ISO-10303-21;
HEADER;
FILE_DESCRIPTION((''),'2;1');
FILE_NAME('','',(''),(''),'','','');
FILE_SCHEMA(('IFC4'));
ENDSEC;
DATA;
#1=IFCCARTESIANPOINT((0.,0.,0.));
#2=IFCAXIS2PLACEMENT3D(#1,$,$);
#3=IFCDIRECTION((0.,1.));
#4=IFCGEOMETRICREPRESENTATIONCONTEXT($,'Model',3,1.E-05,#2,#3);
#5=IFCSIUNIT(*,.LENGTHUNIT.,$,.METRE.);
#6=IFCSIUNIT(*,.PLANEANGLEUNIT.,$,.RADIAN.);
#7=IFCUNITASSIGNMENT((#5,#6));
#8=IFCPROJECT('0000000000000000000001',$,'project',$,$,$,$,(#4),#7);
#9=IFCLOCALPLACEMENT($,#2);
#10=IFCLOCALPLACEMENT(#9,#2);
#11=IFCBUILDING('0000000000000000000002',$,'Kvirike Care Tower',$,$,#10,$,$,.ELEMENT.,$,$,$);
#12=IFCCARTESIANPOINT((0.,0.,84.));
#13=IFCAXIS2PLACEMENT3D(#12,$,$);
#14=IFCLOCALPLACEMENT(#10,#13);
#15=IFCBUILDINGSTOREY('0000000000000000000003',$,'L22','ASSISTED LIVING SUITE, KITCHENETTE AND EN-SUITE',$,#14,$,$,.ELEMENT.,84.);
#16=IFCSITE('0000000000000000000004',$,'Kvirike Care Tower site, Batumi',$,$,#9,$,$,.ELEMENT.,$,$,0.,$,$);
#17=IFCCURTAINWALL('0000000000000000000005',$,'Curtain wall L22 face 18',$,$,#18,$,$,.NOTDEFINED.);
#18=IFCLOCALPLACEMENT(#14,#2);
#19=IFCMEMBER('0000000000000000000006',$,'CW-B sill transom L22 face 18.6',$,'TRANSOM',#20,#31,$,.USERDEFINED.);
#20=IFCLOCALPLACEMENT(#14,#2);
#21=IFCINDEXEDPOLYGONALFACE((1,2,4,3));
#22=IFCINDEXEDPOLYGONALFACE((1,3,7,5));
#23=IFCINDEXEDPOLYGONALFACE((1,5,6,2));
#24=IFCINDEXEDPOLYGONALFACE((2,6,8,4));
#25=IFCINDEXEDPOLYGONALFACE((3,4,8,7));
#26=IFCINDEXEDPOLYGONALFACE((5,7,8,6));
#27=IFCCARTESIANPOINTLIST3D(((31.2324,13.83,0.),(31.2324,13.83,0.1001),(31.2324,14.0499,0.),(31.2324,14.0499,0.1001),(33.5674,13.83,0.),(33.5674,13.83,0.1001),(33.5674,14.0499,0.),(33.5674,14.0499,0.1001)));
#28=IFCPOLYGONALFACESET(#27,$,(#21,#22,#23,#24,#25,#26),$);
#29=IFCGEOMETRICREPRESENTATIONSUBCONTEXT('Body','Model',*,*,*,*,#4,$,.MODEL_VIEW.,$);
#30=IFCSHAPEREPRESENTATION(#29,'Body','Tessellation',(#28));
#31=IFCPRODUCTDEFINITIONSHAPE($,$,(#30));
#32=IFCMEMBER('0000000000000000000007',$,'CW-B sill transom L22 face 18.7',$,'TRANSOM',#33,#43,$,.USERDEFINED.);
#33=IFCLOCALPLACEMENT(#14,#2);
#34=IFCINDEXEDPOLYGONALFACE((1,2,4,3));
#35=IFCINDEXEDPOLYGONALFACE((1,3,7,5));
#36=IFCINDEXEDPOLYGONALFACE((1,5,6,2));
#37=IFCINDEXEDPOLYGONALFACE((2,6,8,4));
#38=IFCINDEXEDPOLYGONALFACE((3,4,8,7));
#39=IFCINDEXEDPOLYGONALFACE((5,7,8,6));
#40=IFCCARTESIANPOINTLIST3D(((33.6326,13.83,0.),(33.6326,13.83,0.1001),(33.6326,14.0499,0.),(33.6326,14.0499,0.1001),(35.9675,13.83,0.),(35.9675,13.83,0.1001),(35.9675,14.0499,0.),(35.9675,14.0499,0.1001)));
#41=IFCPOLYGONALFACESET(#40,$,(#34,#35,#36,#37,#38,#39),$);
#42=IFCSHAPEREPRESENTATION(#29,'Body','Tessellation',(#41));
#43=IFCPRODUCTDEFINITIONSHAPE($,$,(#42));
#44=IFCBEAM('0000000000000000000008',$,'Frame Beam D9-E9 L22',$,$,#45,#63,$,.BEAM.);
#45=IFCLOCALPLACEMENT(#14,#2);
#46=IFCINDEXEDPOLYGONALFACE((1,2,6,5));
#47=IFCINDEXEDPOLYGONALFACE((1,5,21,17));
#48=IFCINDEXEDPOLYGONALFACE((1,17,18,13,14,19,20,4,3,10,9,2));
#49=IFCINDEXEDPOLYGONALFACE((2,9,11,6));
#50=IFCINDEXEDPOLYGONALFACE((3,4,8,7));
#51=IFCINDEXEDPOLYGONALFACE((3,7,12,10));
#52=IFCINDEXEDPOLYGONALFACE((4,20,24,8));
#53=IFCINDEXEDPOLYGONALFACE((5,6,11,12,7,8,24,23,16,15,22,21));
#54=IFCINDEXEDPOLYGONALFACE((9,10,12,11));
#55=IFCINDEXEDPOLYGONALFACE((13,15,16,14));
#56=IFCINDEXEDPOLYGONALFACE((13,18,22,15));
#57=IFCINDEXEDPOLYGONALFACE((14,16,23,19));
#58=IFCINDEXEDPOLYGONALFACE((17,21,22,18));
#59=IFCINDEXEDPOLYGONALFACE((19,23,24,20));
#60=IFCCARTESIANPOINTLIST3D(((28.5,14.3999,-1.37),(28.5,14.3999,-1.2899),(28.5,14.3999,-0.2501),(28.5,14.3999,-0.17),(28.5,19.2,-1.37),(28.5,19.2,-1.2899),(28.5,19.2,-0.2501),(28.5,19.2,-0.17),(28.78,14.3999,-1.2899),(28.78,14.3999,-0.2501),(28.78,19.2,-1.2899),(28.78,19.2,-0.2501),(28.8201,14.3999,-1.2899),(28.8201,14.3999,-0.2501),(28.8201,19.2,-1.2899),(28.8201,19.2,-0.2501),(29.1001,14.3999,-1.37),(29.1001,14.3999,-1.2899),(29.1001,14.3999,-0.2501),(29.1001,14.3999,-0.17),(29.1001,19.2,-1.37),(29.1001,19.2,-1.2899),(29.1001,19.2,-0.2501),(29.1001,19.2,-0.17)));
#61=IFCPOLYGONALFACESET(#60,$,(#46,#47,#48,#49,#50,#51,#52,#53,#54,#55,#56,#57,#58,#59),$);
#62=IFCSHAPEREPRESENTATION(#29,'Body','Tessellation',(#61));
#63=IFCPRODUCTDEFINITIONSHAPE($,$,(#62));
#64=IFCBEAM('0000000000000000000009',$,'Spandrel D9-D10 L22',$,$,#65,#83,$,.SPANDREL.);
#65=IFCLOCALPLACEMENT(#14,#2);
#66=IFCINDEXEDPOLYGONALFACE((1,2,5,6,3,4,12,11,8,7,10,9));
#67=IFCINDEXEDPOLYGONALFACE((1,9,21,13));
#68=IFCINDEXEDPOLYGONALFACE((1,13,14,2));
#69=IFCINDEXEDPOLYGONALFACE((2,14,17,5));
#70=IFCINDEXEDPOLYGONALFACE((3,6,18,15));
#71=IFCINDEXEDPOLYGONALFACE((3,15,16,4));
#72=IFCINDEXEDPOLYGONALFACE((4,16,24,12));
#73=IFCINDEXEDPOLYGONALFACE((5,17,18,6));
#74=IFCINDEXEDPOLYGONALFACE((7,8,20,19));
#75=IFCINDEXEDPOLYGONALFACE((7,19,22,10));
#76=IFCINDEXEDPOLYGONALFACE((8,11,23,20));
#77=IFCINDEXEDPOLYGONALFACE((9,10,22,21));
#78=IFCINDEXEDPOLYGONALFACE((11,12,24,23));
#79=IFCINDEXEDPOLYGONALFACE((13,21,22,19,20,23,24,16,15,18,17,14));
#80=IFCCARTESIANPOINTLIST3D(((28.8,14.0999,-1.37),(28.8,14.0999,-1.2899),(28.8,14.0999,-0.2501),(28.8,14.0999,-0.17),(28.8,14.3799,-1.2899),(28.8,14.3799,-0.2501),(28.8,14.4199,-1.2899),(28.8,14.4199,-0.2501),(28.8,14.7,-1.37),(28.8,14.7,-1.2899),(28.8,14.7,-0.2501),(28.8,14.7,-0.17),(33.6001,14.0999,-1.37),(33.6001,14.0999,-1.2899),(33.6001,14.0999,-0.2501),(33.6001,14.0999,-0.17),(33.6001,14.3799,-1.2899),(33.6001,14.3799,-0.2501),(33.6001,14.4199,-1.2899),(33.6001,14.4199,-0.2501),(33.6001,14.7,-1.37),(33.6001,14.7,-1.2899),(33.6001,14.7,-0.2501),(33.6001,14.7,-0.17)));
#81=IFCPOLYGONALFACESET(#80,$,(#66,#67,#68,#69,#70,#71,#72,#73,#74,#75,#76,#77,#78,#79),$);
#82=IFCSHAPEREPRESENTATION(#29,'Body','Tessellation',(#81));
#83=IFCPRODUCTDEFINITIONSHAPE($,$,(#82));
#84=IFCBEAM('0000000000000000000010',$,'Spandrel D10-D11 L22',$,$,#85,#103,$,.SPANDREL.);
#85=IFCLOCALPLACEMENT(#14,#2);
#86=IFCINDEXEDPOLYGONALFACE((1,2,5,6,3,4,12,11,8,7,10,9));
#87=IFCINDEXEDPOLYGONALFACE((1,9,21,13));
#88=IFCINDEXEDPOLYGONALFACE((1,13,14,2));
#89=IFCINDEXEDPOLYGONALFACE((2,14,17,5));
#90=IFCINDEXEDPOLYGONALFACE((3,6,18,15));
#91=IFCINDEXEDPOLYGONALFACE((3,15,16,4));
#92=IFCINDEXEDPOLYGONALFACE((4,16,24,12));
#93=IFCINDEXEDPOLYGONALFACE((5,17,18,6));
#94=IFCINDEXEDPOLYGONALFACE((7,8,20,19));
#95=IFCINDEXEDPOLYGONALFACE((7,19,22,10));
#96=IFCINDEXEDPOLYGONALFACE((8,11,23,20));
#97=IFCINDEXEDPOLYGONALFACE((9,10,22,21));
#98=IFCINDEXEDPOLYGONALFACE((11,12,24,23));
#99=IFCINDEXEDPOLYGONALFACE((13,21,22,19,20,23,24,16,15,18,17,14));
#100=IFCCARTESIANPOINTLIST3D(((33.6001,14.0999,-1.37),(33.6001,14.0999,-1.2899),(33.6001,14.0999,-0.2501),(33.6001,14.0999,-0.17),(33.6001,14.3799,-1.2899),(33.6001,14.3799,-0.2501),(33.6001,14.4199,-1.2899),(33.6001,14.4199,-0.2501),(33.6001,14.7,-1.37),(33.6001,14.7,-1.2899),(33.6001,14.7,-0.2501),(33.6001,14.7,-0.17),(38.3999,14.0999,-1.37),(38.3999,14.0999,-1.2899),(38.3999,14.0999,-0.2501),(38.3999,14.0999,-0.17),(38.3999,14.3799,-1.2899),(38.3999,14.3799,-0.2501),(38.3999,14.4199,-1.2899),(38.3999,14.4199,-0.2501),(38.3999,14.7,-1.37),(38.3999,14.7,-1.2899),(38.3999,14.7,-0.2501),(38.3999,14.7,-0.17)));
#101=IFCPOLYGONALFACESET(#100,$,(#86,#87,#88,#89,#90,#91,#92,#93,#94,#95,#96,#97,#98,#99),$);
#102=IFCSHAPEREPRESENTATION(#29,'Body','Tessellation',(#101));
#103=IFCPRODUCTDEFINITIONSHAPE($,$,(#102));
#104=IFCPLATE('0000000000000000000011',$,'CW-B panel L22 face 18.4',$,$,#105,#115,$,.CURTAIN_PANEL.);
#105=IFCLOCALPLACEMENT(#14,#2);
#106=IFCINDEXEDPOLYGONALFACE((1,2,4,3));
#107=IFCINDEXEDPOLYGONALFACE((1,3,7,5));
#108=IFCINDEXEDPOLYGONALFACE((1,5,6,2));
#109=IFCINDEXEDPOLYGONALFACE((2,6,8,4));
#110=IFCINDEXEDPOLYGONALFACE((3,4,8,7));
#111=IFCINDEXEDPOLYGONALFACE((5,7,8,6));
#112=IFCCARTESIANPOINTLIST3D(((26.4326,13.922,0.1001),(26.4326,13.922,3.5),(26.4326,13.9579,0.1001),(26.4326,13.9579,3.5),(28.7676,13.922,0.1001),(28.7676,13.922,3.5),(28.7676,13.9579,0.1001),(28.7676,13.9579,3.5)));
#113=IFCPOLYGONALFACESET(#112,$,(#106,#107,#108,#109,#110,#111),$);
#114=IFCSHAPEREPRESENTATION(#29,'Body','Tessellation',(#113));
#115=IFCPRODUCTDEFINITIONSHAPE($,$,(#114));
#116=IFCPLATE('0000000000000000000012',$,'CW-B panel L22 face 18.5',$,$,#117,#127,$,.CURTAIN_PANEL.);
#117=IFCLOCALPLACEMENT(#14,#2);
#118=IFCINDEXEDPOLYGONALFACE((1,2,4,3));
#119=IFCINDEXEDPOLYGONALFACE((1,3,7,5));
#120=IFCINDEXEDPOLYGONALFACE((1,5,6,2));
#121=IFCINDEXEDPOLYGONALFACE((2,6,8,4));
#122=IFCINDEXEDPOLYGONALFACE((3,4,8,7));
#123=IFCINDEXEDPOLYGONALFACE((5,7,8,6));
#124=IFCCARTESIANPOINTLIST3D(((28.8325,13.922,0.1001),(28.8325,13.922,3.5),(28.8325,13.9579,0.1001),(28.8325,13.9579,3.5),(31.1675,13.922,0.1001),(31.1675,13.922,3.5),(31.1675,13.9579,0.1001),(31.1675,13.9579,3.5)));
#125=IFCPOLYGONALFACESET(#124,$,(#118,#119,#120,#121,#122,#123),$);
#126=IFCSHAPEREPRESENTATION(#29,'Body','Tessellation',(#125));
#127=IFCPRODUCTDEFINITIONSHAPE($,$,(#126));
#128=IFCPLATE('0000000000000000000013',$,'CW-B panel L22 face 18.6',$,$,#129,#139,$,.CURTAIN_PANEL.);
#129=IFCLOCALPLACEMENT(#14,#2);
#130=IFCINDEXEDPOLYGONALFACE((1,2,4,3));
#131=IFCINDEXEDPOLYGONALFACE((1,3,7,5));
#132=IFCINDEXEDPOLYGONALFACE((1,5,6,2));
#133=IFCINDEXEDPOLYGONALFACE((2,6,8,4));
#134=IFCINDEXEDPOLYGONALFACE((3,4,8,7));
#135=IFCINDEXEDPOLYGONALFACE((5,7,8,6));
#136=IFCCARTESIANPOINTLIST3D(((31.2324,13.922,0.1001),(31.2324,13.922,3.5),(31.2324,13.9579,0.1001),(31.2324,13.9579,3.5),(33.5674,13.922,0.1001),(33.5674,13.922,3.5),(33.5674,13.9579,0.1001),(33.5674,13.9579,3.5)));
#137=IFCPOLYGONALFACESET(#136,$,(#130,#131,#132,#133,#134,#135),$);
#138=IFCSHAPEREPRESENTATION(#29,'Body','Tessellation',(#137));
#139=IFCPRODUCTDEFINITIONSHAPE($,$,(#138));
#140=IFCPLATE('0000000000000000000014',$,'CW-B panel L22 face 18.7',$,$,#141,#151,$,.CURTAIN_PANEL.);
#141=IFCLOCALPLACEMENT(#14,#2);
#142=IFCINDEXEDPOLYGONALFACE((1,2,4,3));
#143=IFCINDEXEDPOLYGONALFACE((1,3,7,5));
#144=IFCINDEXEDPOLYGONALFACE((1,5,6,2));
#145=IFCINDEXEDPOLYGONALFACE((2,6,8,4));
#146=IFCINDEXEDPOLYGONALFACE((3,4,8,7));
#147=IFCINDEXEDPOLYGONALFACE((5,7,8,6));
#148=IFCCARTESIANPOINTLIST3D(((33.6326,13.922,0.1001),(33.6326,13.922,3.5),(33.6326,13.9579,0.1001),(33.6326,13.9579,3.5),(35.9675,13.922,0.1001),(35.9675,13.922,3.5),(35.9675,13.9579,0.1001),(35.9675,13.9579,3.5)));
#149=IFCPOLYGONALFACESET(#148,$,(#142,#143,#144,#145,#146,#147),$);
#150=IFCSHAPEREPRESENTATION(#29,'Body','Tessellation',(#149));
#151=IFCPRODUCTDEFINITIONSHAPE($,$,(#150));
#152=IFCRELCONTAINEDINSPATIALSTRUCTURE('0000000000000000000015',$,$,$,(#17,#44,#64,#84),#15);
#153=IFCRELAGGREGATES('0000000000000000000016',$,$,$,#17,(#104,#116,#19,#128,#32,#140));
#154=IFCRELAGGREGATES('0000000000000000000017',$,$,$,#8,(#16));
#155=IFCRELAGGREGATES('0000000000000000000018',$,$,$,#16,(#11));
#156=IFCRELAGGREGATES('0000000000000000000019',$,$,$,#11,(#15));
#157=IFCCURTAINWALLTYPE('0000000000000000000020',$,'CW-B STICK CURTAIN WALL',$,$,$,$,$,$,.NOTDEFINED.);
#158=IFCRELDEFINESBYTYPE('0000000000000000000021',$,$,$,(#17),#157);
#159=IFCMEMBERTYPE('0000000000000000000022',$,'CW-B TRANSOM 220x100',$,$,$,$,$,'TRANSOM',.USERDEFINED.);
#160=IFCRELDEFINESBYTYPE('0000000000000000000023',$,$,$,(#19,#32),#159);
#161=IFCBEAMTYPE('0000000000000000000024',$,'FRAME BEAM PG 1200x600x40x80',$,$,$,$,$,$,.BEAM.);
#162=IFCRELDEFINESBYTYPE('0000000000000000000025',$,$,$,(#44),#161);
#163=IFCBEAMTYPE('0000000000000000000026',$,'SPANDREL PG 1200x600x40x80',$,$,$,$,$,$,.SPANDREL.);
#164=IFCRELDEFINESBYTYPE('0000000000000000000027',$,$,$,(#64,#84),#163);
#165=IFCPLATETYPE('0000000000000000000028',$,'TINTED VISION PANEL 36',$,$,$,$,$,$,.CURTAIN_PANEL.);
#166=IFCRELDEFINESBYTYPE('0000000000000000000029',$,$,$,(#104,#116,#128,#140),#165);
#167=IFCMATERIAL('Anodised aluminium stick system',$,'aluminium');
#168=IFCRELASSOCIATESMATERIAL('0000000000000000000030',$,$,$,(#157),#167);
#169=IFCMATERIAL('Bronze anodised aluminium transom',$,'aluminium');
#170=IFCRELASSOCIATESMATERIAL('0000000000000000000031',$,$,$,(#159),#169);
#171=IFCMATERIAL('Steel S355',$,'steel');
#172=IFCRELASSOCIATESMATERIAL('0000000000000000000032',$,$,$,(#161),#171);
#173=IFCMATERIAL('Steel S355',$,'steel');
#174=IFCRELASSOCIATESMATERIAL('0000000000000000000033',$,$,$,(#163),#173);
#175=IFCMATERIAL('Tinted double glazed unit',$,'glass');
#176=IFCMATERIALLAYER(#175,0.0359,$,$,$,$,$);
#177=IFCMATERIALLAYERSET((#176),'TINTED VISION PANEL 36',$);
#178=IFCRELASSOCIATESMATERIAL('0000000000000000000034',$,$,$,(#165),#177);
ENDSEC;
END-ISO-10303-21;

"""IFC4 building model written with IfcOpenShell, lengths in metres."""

from ifc_helpers import new_model, si_unit, direction, frame, origin, origin_2d, place, context, subcontext, project, spatial, rectangle, i_section, extrude, material, layer, layer_set, material_profile, profile_set, type_object, element, aggregate, save


model = new_model("IFC4")

# Units and contexts
model_context = context("Model", 3, precision=1e-05, world=origin(), true_north=direction((0.0, 1.0)))
body_context = subcontext(model_context, "Body", "Model", "MODEL_VIEW")
ifc_project = project(units=[si_unit("LENGTHUNIT", "METRE"), si_unit("PLANEANGLEUNIT", "RADIAN")], contexts=[model_context])

# Site, building, storey
site_placement = place(None, origin())
site = spatial("IfcSite", under=ifc_project, at=site_placement, Name="Kvirike Care Tower site, Batumi", CompositionType="ELEMENT", RefElevation=0.0)
building_placement = place(site_placement, origin())
building = spatial("IfcBuilding", under=site, at=building_placement, Name="Kvirike Care Tower", CompositionType="ELEMENT")
storey_placement = place(building_placement, frame((0.0, 0.0, 84.0)))
storey = spatial("IfcBuildingStorey", under=building, at=storey_placement, Name="L22", Description="ASSISTED LIVING SUITE, KITCHENETTE AND EN-SUITE", CompositionType="ELEMENT", Elevation=84.0)

# Curtain wall, members
ifc_material_1 = material(Name="Anodised aluminium stick system", Category="aluminium")
curtain_wall_type = type_object("IfcCurtainWallType", Name="CW-B STICK CURTAIN WALL", PredefinedType="NOTDEFINED", material=ifc_material_1)
curtain_wall_placement = place(storey_placement, origin())
curtain_wall = element("IfcCurtainWall", 1, at=curtain_wall_placement, inside=storey, type_object=curtain_wall_type, Name="Curtain wall L22 face 18", PredefinedType="NOTDEFINED")
ifc_material_2 = material(Name="Bronze anodised aluminium transom", Category="aluminium")
ifc_material_profile_1 = material_profile(ifc_material_2, rectangle(XDim=0.22, YDim=0.1001, at=origin_2d()), Name="CW-B TRANSOM 220x100")
ifc_profile_set_1 = profile_set([ifc_material_profile_1], Name="Bronze anodised aluminium transom")
member_type_1 = type_object("IfcMemberType", Name="CW-B TRANSOM 220x100", ElementType="TRANSOM", PredefinedType="USERDEFINED", material=ifc_profile_set_1)
member_1_placement = place(storey_placement, frame((31.2324, 13.9399, 0.05), z_axis=(1.0, 0.0, 0.0), x_axis=(0.0, 1.0, 0.0)))
member_1 = element("IfcMember", 2, at=member_1_placement, type_object=member_type_1, Name="CW-B sill transom L22 face 18.6", ObjectType="TRANSOM", PredefinedType="USERDEFINED", context=body_context, shape_type="SweptSolid", body=[
    extrude(rectangle(XDim=0.22, YDim=0.1001, at=origin_2d()), origin(), (0.0, 0.0, 1.0), 2.335),
])
member_2_placement = place(storey_placement, frame((33.6326, 13.9399, 0.05), z_axis=(1.0, 0.0, 0.0), x_axis=(0.0, 1.0, 0.0)))
member_2 = element("IfcMember", 3, at=member_2_placement, type_object=member_type_1, Name="CW-B sill transom L22 face 18.7", ObjectType="TRANSOM", PredefinedType="USERDEFINED", context=body_context, shape_type="SweptSolid", body=[
    extrude(rectangle(XDim=0.22, YDim=0.1001, at=origin_2d()), origin(), (0.0, 0.0, 1.0), 2.335),
])

# Beams
ifc_material_3 = material(Name="Steel S355", Category="steel")
ifc_material_profile_2 = material_profile(ifc_material_3, i_section(OverallWidth=0.6001, OverallDepth=1.2, WebThickness=0.04, FlangeThickness=0.0801, at=origin_2d()), Name="PG 1200x600x40x80")
ifc_profile_set_2 = profile_set([ifc_material_profile_2], Name="Steel S355")
beam_type_1 = type_object("IfcBeamType", Name="FRAME BEAM PG 1200x600x40x80", PredefinedType="BEAM", material=ifc_profile_set_2)
beam_1_placement = place(storey_placement, frame((28.8, 14.3999, -0.77), z_axis=(0.0, 1.0, 0.0), x_axis=(-1.0, 0.0, 0.0)))
element("IfcBeam", 4, at=beam_1_placement, inside=storey, type_object=beam_type_1, Name="Frame Beam D9-E9 L22", PredefinedType="BEAM", context=body_context, shape_type="SweptSolid", body=[
    extrude(i_section(OverallWidth=0.6001, OverallDepth=1.2, WebThickness=0.04, FlangeThickness=0.0801, at=origin_2d()), origin(), (0.0, 0.0, 1.0), 4.8),
])
ifc_material_4 = material(Name="Steel S355", Category="steel")
ifc_material_profile_3 = material_profile(ifc_material_4, i_section(OverallWidth=0.6001, OverallDepth=1.2, WebThickness=0.04, FlangeThickness=0.0801, at=origin_2d()), Name="PG 1200x600x40x80")
ifc_profile_set_3 = profile_set([ifc_material_profile_3], Name="Steel S355")
beam_type_2 = type_object("IfcBeamType", Name="SPANDREL PG 1200x600x40x80", PredefinedType="SPANDREL", material=ifc_profile_set_3)
beam_2_placement = place(storey_placement, frame((28.8, 14.3999, -0.77), z_axis=(1.0, 0.0, 0.0), x_axis=(0.0, 1.0, 0.0)))
element("IfcBeam", 5, at=beam_2_placement, inside=storey, type_object=beam_type_2, Name="Spandrel D9-D10 L22", PredefinedType="SPANDREL", context=body_context, shape_type="SweptSolid", body=[
    extrude(i_section(OverallWidth=0.6001, OverallDepth=1.2, WebThickness=0.04, FlangeThickness=0.0801, at=origin_2d()), origin(), (0.0, 0.0, 1.0), 4.8),
])
beam_3_placement = place(storey_placement, frame((33.6001, 14.3999, -0.77), z_axis=(1.0, 0.0, 0.0), x_axis=(0.0, 1.0, 0.0)))
element("IfcBeam", 6, at=beam_3_placement, inside=storey, type_object=beam_type_2, Name="Spandrel D10-D11 L22", PredefinedType="SPANDREL", context=body_context, shape_type="SweptSolid", body=[
    extrude(i_section(OverallWidth=0.6001, OverallDepth=1.2, WebThickness=0.04, FlangeThickness=0.0801, at=origin_2d()), origin(), (0.0, 0.0, 1.0), 4.7998),
])

# Plates
ifc_material_5 = material(Name="Tinted double glazed unit", Category="glass")
ifc_layer = layer(ifc_material_5, 0.0359)
ifc_layer_set = layer_set([ifc_layer], Name="TINTED VISION PANEL 36")
plate_type = type_object("IfcPlateType", Name="TINTED VISION PANEL 36", PredefinedType="CURTAIN_PANEL", material=ifc_layer_set)
plate_1_placement = place(storey_placement, frame((27.6001, 13.9399, 0.1001), z_axis=(0.0, 0.0, 1.0), x_axis=(1.0, 0.0, 0.0)))
plate_1 = element("IfcPlate", 7, at=plate_1_placement, type_object=plate_type, Name="CW-B panel L22 face 18.4", PredefinedType="CURTAIN_PANEL", context=body_context, shape_type="SweptSolid", body=[
    extrude(rectangle(XDim=2.335, YDim=0.0359, at=origin_2d()), origin(), (0.0, 0.0, 1.0), 3.3999),
])
plate_2_placement = place(storey_placement, frame((30.0, 13.9399, 0.1001), z_axis=(0.0, 0.0, 1.0), x_axis=(1.0, 0.0, 0.0)))
plate_2 = element("IfcPlate", 8, at=plate_2_placement, type_object=plate_type, Name="CW-B panel L22 face 18.5", PredefinedType="CURTAIN_PANEL", context=body_context, shape_type="SweptSolid", body=[
    extrude(rectangle(XDim=2.335, YDim=0.0359, at=origin_2d()), origin(), (0.0, 0.0, 1.0), 3.3999),
])
plate_3_placement = place(storey_placement, frame((32.3999, 13.9399, 0.1001), z_axis=(0.0, 0.0, 1.0), x_axis=(1.0, 0.0, 0.0)))
plate_3 = element("IfcPlate", 9, at=plate_3_placement, type_object=plate_type, Name="CW-B panel L22 face 18.6", PredefinedType="CURTAIN_PANEL", context=body_context, shape_type="SweptSolid", body=[
    extrude(rectangle(XDim=2.335, YDim=0.0359, at=origin_2d()), origin(), (0.0, 0.0, 1.0), 3.3999),
])
plate_4_placement = place(storey_placement, frame((34.8, 13.9399, 0.1001), z_axis=(0.0, 0.0, 1.0), x_axis=(1.0, 0.0, 0.0)))
plate_4 = element("IfcPlate", 10, at=plate_4_placement, type_object=plate_type, Name="CW-B panel L22 face 18.7", PredefinedType="CURTAIN_PANEL", context=body_context, shape_type="SweptSolid", body=[
    extrude(rectangle(XDim=2.335, YDim=0.0359, at=origin_2d()), origin(), (0.0, 0.0, 1.0), 3.3999),
])
aggregate(curtain_wall, [plate_1, plate_2, member_1, plate_3, member_2, plate_4])

save(model, "model.ifc")
